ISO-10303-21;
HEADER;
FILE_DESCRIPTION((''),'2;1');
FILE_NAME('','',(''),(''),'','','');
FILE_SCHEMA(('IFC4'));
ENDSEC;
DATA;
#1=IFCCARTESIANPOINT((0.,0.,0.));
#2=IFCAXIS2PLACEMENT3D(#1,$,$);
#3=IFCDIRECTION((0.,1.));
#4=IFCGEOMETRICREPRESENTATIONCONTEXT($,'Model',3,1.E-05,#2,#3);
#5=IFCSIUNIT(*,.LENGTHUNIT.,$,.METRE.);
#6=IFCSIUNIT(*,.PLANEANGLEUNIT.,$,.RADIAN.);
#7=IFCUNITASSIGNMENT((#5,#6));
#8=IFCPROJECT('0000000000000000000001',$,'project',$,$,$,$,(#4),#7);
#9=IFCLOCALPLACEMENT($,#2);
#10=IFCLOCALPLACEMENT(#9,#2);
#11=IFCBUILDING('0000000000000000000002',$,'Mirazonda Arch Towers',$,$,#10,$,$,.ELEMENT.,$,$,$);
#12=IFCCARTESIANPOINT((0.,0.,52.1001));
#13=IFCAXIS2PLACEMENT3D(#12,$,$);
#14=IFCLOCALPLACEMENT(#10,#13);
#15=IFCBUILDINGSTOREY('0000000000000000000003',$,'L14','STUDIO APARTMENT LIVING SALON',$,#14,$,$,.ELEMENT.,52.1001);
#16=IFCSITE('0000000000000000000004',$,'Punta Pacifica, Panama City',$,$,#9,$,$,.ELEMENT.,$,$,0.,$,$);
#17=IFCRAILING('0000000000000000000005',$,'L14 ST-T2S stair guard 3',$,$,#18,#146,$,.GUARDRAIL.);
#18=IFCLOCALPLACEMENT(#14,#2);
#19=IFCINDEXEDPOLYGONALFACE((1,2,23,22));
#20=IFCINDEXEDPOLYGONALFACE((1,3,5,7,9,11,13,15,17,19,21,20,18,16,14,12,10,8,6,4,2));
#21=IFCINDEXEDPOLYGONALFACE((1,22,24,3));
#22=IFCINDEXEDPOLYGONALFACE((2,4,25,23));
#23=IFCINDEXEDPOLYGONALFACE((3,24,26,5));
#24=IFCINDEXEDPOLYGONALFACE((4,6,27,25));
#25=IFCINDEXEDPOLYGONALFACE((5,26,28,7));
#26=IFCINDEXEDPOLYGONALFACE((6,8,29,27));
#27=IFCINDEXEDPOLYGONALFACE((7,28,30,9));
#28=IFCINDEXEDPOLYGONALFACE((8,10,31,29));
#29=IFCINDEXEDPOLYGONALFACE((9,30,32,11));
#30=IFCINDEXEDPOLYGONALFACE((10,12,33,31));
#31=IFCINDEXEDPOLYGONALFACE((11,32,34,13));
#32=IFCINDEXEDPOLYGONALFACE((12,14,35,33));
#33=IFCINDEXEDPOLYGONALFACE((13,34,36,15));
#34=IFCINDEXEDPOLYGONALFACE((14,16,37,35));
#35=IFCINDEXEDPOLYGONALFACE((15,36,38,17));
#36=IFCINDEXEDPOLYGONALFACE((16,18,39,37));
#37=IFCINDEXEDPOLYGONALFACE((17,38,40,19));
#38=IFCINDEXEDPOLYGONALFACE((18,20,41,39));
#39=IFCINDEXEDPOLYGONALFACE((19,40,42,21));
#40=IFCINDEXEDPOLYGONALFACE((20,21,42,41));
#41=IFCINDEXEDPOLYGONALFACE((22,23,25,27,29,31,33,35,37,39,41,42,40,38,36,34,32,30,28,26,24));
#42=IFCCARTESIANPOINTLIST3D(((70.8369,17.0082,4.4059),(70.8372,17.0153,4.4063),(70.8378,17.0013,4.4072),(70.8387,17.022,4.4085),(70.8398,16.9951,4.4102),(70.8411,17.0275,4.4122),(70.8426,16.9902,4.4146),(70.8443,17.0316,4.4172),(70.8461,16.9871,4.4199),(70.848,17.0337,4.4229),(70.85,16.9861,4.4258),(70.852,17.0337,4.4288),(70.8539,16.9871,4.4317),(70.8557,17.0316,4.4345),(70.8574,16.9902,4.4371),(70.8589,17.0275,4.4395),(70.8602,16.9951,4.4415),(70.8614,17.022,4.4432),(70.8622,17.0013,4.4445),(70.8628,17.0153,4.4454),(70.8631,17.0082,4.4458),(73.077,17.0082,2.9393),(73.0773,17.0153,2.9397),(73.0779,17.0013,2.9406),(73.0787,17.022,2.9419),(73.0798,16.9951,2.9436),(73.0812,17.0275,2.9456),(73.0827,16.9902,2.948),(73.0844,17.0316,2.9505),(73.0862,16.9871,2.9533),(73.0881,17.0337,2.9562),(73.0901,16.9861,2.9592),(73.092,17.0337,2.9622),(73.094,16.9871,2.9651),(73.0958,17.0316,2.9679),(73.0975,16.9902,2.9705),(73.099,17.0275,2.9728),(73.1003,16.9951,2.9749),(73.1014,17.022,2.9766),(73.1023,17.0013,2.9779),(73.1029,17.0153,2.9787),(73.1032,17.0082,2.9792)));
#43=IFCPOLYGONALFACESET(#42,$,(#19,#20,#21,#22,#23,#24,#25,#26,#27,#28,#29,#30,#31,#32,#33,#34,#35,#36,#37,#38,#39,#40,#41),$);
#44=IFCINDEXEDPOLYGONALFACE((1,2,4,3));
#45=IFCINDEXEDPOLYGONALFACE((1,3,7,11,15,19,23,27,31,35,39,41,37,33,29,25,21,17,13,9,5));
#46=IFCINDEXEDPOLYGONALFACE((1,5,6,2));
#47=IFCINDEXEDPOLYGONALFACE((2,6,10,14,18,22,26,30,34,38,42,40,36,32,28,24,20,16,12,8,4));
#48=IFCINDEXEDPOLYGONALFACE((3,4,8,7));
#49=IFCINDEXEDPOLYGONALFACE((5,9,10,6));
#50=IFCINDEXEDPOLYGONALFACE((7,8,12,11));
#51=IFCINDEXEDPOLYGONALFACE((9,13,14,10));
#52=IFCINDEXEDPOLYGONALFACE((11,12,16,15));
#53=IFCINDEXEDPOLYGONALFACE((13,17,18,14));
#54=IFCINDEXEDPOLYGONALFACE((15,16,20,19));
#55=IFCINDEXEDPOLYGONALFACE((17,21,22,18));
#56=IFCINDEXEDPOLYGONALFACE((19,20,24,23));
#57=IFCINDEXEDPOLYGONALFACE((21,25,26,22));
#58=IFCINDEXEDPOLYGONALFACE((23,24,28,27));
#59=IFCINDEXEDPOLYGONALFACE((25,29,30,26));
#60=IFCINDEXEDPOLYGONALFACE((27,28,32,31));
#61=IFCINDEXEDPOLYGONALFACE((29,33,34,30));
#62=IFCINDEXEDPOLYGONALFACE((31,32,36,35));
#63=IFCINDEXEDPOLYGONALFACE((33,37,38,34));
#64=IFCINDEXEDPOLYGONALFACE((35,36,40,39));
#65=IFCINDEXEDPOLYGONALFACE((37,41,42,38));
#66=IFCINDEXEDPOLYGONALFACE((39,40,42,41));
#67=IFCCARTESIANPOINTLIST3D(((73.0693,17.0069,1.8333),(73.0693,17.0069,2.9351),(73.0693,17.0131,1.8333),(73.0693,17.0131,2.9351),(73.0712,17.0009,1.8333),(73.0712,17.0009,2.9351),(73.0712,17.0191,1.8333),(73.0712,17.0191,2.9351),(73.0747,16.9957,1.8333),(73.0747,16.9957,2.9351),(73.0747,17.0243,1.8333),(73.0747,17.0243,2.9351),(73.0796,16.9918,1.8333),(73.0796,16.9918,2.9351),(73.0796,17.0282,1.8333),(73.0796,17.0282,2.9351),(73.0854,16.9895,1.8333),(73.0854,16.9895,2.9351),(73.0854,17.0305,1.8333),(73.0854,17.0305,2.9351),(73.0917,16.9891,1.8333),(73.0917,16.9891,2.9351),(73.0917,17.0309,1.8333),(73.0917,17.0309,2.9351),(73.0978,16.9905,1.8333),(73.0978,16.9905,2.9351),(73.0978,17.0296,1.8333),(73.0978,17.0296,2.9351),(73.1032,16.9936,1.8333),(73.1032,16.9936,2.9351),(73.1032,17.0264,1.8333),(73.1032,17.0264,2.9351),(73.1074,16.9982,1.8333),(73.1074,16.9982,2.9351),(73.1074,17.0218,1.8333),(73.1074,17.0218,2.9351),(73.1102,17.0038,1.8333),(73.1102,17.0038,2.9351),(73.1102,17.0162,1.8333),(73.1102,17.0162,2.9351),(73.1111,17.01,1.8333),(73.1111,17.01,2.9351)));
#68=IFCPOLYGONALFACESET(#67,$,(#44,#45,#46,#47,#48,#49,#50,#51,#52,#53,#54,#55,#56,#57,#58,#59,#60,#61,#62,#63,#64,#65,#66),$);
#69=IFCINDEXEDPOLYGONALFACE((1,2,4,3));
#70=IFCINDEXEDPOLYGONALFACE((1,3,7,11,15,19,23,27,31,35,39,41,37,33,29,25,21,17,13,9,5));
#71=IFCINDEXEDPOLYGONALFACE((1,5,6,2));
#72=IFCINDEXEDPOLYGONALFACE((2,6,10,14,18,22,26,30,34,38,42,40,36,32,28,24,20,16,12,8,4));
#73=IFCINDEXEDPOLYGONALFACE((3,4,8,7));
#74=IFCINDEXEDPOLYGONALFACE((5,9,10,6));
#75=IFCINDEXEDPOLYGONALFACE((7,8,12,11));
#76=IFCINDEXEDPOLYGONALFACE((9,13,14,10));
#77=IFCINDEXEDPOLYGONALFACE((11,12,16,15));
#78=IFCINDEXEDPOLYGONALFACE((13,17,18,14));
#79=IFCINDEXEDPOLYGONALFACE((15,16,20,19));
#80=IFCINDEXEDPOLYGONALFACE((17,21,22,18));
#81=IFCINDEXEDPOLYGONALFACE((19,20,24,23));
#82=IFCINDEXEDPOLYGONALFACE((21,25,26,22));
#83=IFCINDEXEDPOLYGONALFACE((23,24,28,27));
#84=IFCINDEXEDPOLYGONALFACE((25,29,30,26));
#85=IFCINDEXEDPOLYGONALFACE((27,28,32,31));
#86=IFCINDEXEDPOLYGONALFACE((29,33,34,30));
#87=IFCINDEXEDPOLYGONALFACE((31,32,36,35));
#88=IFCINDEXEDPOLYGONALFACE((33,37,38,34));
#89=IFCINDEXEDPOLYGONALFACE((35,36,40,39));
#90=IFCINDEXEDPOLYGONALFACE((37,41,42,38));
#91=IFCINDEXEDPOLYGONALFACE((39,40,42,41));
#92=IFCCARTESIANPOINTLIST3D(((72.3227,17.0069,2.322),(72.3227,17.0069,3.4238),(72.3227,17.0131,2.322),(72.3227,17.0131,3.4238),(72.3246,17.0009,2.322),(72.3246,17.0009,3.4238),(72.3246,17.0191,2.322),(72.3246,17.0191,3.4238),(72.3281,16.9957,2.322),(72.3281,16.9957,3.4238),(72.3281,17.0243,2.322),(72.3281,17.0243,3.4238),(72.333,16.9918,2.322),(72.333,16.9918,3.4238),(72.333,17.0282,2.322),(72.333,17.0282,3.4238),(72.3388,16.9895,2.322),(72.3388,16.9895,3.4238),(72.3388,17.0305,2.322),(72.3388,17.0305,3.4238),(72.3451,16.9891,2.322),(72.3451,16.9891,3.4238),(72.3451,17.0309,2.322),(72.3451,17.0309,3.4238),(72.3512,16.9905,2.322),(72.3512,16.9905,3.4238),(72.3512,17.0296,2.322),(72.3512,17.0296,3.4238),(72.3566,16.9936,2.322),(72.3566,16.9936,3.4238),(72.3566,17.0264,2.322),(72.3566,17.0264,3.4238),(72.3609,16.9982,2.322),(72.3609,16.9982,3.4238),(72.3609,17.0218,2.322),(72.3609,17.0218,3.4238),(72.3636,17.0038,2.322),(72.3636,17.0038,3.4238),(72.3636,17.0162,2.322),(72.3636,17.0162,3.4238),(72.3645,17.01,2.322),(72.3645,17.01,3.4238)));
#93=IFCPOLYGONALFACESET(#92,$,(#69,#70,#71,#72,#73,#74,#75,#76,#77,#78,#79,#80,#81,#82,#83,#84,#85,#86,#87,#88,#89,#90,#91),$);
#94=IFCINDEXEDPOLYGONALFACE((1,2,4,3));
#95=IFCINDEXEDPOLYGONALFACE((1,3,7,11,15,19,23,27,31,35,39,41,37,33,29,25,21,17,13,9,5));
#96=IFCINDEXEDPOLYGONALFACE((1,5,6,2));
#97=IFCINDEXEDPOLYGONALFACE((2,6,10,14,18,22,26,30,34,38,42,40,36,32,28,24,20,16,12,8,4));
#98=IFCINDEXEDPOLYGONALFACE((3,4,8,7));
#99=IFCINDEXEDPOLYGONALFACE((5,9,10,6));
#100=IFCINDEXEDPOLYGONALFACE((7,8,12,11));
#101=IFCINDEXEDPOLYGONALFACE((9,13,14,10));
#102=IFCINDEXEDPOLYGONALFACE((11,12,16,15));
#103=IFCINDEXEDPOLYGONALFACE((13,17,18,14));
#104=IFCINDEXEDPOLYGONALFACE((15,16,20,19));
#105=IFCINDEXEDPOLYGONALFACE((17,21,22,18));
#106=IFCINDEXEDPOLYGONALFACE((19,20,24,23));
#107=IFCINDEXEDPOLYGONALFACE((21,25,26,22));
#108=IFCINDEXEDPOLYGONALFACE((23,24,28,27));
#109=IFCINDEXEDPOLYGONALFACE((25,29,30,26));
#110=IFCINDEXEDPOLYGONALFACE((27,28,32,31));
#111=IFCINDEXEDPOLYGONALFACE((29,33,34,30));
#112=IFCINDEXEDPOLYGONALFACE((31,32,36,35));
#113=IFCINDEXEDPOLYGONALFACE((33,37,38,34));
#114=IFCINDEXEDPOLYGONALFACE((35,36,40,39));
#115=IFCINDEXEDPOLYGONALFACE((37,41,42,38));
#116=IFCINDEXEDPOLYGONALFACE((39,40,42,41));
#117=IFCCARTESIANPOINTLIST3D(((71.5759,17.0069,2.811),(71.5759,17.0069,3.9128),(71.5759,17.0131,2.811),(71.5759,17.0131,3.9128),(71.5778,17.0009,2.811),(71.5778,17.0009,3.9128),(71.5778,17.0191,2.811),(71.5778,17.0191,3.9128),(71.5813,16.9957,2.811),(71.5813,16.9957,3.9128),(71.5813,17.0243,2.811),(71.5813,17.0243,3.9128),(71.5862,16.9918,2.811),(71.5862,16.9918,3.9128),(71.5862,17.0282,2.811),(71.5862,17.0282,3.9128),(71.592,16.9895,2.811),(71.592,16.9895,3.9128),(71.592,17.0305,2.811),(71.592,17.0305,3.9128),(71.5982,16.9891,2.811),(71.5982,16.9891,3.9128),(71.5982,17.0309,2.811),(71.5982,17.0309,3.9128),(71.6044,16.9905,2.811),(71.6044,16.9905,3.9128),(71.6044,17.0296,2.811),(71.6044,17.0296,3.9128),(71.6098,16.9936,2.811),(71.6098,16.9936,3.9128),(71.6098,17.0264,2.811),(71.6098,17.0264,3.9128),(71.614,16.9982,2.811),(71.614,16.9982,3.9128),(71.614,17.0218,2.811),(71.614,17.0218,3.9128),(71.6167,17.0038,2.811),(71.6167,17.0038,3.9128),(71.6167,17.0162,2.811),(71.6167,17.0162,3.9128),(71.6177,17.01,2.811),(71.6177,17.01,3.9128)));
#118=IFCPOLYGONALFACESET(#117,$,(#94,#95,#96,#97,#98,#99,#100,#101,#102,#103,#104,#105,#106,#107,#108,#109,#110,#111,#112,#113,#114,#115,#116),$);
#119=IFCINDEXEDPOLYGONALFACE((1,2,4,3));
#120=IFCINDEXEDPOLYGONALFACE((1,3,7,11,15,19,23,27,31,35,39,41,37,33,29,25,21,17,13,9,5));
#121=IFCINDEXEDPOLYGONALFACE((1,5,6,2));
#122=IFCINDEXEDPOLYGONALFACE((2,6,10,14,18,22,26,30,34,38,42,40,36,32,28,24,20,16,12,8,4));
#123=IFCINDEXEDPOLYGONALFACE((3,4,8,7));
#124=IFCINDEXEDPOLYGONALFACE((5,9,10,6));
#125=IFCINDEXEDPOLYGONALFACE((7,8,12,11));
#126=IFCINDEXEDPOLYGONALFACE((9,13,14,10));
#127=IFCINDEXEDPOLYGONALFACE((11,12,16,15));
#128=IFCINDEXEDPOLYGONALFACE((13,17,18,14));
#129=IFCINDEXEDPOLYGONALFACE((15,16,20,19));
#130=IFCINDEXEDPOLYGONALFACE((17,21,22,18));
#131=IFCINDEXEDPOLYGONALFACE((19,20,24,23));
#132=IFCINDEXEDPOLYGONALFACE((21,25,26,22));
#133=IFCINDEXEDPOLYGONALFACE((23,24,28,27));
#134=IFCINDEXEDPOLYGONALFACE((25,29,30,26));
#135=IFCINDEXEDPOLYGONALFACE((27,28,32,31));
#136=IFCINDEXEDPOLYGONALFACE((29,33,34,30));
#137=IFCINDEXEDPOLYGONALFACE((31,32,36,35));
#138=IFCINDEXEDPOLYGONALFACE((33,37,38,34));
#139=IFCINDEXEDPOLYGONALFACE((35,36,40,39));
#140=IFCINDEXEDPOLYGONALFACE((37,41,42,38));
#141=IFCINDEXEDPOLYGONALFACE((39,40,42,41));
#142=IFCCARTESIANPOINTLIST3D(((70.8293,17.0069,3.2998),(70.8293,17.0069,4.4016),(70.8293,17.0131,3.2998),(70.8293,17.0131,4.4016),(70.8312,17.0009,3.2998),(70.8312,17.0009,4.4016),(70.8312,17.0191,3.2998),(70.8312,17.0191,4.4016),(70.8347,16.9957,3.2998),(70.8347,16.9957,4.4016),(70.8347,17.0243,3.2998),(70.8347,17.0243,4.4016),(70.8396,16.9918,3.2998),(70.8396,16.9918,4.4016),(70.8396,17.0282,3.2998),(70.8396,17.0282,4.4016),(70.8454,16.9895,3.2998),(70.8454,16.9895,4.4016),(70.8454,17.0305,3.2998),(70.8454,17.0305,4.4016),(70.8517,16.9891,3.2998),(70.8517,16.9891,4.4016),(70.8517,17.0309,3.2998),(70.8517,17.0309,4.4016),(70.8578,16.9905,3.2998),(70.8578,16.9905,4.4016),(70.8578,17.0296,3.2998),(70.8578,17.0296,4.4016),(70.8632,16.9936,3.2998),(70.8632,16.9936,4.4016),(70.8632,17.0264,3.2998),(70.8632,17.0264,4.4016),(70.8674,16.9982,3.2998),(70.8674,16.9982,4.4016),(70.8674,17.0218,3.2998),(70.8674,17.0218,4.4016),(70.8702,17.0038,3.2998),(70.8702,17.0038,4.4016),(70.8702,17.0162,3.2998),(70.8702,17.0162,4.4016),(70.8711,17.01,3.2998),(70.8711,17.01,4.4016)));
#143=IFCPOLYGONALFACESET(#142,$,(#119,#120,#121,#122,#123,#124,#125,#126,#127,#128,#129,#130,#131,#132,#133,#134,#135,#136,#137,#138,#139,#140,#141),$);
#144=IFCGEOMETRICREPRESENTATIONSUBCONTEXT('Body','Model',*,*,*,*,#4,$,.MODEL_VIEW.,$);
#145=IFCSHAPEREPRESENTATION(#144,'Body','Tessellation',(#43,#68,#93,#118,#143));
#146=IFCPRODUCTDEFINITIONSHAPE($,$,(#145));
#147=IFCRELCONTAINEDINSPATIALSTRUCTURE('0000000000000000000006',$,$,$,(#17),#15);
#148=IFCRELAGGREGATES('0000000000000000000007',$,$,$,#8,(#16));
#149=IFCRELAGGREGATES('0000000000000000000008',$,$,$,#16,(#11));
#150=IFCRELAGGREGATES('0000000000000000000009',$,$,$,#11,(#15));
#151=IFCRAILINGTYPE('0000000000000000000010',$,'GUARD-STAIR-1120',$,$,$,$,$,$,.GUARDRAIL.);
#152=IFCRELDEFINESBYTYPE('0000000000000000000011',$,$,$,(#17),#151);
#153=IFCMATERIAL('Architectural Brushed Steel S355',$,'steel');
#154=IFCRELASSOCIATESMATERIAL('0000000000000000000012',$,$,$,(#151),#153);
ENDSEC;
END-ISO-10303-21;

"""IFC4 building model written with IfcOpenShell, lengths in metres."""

from ifc_helpers import new_model, si_unit, direction, frame, origin, origin_2d, place, context, subcontext, project, spatial, circle, extrude, material, type_object, element, save


model = new_model("IFC4")

# Units and contexts
model_context = context("Model", 3, precision=1e-05, world=origin(), true_north=direction((0.0, 1.0)))
body_context = subcontext(model_context, "Body", "Model", "MODEL_VIEW")
ifc_project = project(units=[si_unit("LENGTHUNIT", "METRE"), si_unit("PLANEANGLEUNIT", "RADIAN")], contexts=[model_context])

# Site, building, storey
site_placement = place(None, origin())
site = spatial("IfcSite", under=ifc_project, at=site_placement, Name="Punta Pacifica, Panama City", CompositionType="ELEMENT", RefElevation=0.0)
building_placement = place(site_placement, origin())
building = spatial("IfcBuilding", under=site, at=building_placement, Name="Mirazonda Arch Towers", CompositionType="ELEMENT")
storey_placement = place(building_placement, frame((0.0, 0.0, 52.1001)))
storey = spatial("IfcBuildingStorey", under=building, at=storey_placement, Name="L14", Description="STUDIO APARTMENT LIVING SALON", CompositionType="ELEMENT", Elevation=52.1001)

# Railing
ifc_material_1 = material(Name="Architectural Brushed Steel S355", Category="steel")
railing_type_1 = type_object("IfcRailingType", Name="GUARD-STAIR-1120", PredefinedType="GUARDRAIL", material=ifc_material_1)
railing_1_placement = place(storey_placement, frame((73.0901, 17.01, 1.8333)))
element("IfcRailing", 1, at=railing_1_placement, inside=storey, type_object=railing_type_1, Name="L14 ST-T2S stair guard 3", PredefinedType="GUARDRAIL", context=body_context, shape_type="SweptSolid", body=[
    extrude(circle(Radius=0.0239, at=origin_2d()), frame((0.0, 0.0, 1.126), z_axis=(-0.836637, 0.0, 0.547758), x_axis=(0.0, -1.0, 0.0)), (0.0, 0.0, 1.0), 2.6775),
    extrude(circle(Radius=0.021, at=origin_2d()), origin(), (0.0, 0.0, 1.0), 1.1018),
    extrude(circle(Radius=0.021, at=origin_2d()), frame((-0.7466, 0.0, 0.4888)), (0.0, 0.0, 1.0), 1.1018),
    extrude(circle(Radius=0.021, at=origin_2d()), frame((-1.4934, 0.0, 0.9778)), (0.0, 0.0, 1.0), 1.1018),
    extrude(circle(Radius=0.021, at=origin_2d()), frame((-2.24, 0.0, 1.4666)), (0.0, 0.0, 1.0), 1.1018),
])

save(model, "model.ifc")
